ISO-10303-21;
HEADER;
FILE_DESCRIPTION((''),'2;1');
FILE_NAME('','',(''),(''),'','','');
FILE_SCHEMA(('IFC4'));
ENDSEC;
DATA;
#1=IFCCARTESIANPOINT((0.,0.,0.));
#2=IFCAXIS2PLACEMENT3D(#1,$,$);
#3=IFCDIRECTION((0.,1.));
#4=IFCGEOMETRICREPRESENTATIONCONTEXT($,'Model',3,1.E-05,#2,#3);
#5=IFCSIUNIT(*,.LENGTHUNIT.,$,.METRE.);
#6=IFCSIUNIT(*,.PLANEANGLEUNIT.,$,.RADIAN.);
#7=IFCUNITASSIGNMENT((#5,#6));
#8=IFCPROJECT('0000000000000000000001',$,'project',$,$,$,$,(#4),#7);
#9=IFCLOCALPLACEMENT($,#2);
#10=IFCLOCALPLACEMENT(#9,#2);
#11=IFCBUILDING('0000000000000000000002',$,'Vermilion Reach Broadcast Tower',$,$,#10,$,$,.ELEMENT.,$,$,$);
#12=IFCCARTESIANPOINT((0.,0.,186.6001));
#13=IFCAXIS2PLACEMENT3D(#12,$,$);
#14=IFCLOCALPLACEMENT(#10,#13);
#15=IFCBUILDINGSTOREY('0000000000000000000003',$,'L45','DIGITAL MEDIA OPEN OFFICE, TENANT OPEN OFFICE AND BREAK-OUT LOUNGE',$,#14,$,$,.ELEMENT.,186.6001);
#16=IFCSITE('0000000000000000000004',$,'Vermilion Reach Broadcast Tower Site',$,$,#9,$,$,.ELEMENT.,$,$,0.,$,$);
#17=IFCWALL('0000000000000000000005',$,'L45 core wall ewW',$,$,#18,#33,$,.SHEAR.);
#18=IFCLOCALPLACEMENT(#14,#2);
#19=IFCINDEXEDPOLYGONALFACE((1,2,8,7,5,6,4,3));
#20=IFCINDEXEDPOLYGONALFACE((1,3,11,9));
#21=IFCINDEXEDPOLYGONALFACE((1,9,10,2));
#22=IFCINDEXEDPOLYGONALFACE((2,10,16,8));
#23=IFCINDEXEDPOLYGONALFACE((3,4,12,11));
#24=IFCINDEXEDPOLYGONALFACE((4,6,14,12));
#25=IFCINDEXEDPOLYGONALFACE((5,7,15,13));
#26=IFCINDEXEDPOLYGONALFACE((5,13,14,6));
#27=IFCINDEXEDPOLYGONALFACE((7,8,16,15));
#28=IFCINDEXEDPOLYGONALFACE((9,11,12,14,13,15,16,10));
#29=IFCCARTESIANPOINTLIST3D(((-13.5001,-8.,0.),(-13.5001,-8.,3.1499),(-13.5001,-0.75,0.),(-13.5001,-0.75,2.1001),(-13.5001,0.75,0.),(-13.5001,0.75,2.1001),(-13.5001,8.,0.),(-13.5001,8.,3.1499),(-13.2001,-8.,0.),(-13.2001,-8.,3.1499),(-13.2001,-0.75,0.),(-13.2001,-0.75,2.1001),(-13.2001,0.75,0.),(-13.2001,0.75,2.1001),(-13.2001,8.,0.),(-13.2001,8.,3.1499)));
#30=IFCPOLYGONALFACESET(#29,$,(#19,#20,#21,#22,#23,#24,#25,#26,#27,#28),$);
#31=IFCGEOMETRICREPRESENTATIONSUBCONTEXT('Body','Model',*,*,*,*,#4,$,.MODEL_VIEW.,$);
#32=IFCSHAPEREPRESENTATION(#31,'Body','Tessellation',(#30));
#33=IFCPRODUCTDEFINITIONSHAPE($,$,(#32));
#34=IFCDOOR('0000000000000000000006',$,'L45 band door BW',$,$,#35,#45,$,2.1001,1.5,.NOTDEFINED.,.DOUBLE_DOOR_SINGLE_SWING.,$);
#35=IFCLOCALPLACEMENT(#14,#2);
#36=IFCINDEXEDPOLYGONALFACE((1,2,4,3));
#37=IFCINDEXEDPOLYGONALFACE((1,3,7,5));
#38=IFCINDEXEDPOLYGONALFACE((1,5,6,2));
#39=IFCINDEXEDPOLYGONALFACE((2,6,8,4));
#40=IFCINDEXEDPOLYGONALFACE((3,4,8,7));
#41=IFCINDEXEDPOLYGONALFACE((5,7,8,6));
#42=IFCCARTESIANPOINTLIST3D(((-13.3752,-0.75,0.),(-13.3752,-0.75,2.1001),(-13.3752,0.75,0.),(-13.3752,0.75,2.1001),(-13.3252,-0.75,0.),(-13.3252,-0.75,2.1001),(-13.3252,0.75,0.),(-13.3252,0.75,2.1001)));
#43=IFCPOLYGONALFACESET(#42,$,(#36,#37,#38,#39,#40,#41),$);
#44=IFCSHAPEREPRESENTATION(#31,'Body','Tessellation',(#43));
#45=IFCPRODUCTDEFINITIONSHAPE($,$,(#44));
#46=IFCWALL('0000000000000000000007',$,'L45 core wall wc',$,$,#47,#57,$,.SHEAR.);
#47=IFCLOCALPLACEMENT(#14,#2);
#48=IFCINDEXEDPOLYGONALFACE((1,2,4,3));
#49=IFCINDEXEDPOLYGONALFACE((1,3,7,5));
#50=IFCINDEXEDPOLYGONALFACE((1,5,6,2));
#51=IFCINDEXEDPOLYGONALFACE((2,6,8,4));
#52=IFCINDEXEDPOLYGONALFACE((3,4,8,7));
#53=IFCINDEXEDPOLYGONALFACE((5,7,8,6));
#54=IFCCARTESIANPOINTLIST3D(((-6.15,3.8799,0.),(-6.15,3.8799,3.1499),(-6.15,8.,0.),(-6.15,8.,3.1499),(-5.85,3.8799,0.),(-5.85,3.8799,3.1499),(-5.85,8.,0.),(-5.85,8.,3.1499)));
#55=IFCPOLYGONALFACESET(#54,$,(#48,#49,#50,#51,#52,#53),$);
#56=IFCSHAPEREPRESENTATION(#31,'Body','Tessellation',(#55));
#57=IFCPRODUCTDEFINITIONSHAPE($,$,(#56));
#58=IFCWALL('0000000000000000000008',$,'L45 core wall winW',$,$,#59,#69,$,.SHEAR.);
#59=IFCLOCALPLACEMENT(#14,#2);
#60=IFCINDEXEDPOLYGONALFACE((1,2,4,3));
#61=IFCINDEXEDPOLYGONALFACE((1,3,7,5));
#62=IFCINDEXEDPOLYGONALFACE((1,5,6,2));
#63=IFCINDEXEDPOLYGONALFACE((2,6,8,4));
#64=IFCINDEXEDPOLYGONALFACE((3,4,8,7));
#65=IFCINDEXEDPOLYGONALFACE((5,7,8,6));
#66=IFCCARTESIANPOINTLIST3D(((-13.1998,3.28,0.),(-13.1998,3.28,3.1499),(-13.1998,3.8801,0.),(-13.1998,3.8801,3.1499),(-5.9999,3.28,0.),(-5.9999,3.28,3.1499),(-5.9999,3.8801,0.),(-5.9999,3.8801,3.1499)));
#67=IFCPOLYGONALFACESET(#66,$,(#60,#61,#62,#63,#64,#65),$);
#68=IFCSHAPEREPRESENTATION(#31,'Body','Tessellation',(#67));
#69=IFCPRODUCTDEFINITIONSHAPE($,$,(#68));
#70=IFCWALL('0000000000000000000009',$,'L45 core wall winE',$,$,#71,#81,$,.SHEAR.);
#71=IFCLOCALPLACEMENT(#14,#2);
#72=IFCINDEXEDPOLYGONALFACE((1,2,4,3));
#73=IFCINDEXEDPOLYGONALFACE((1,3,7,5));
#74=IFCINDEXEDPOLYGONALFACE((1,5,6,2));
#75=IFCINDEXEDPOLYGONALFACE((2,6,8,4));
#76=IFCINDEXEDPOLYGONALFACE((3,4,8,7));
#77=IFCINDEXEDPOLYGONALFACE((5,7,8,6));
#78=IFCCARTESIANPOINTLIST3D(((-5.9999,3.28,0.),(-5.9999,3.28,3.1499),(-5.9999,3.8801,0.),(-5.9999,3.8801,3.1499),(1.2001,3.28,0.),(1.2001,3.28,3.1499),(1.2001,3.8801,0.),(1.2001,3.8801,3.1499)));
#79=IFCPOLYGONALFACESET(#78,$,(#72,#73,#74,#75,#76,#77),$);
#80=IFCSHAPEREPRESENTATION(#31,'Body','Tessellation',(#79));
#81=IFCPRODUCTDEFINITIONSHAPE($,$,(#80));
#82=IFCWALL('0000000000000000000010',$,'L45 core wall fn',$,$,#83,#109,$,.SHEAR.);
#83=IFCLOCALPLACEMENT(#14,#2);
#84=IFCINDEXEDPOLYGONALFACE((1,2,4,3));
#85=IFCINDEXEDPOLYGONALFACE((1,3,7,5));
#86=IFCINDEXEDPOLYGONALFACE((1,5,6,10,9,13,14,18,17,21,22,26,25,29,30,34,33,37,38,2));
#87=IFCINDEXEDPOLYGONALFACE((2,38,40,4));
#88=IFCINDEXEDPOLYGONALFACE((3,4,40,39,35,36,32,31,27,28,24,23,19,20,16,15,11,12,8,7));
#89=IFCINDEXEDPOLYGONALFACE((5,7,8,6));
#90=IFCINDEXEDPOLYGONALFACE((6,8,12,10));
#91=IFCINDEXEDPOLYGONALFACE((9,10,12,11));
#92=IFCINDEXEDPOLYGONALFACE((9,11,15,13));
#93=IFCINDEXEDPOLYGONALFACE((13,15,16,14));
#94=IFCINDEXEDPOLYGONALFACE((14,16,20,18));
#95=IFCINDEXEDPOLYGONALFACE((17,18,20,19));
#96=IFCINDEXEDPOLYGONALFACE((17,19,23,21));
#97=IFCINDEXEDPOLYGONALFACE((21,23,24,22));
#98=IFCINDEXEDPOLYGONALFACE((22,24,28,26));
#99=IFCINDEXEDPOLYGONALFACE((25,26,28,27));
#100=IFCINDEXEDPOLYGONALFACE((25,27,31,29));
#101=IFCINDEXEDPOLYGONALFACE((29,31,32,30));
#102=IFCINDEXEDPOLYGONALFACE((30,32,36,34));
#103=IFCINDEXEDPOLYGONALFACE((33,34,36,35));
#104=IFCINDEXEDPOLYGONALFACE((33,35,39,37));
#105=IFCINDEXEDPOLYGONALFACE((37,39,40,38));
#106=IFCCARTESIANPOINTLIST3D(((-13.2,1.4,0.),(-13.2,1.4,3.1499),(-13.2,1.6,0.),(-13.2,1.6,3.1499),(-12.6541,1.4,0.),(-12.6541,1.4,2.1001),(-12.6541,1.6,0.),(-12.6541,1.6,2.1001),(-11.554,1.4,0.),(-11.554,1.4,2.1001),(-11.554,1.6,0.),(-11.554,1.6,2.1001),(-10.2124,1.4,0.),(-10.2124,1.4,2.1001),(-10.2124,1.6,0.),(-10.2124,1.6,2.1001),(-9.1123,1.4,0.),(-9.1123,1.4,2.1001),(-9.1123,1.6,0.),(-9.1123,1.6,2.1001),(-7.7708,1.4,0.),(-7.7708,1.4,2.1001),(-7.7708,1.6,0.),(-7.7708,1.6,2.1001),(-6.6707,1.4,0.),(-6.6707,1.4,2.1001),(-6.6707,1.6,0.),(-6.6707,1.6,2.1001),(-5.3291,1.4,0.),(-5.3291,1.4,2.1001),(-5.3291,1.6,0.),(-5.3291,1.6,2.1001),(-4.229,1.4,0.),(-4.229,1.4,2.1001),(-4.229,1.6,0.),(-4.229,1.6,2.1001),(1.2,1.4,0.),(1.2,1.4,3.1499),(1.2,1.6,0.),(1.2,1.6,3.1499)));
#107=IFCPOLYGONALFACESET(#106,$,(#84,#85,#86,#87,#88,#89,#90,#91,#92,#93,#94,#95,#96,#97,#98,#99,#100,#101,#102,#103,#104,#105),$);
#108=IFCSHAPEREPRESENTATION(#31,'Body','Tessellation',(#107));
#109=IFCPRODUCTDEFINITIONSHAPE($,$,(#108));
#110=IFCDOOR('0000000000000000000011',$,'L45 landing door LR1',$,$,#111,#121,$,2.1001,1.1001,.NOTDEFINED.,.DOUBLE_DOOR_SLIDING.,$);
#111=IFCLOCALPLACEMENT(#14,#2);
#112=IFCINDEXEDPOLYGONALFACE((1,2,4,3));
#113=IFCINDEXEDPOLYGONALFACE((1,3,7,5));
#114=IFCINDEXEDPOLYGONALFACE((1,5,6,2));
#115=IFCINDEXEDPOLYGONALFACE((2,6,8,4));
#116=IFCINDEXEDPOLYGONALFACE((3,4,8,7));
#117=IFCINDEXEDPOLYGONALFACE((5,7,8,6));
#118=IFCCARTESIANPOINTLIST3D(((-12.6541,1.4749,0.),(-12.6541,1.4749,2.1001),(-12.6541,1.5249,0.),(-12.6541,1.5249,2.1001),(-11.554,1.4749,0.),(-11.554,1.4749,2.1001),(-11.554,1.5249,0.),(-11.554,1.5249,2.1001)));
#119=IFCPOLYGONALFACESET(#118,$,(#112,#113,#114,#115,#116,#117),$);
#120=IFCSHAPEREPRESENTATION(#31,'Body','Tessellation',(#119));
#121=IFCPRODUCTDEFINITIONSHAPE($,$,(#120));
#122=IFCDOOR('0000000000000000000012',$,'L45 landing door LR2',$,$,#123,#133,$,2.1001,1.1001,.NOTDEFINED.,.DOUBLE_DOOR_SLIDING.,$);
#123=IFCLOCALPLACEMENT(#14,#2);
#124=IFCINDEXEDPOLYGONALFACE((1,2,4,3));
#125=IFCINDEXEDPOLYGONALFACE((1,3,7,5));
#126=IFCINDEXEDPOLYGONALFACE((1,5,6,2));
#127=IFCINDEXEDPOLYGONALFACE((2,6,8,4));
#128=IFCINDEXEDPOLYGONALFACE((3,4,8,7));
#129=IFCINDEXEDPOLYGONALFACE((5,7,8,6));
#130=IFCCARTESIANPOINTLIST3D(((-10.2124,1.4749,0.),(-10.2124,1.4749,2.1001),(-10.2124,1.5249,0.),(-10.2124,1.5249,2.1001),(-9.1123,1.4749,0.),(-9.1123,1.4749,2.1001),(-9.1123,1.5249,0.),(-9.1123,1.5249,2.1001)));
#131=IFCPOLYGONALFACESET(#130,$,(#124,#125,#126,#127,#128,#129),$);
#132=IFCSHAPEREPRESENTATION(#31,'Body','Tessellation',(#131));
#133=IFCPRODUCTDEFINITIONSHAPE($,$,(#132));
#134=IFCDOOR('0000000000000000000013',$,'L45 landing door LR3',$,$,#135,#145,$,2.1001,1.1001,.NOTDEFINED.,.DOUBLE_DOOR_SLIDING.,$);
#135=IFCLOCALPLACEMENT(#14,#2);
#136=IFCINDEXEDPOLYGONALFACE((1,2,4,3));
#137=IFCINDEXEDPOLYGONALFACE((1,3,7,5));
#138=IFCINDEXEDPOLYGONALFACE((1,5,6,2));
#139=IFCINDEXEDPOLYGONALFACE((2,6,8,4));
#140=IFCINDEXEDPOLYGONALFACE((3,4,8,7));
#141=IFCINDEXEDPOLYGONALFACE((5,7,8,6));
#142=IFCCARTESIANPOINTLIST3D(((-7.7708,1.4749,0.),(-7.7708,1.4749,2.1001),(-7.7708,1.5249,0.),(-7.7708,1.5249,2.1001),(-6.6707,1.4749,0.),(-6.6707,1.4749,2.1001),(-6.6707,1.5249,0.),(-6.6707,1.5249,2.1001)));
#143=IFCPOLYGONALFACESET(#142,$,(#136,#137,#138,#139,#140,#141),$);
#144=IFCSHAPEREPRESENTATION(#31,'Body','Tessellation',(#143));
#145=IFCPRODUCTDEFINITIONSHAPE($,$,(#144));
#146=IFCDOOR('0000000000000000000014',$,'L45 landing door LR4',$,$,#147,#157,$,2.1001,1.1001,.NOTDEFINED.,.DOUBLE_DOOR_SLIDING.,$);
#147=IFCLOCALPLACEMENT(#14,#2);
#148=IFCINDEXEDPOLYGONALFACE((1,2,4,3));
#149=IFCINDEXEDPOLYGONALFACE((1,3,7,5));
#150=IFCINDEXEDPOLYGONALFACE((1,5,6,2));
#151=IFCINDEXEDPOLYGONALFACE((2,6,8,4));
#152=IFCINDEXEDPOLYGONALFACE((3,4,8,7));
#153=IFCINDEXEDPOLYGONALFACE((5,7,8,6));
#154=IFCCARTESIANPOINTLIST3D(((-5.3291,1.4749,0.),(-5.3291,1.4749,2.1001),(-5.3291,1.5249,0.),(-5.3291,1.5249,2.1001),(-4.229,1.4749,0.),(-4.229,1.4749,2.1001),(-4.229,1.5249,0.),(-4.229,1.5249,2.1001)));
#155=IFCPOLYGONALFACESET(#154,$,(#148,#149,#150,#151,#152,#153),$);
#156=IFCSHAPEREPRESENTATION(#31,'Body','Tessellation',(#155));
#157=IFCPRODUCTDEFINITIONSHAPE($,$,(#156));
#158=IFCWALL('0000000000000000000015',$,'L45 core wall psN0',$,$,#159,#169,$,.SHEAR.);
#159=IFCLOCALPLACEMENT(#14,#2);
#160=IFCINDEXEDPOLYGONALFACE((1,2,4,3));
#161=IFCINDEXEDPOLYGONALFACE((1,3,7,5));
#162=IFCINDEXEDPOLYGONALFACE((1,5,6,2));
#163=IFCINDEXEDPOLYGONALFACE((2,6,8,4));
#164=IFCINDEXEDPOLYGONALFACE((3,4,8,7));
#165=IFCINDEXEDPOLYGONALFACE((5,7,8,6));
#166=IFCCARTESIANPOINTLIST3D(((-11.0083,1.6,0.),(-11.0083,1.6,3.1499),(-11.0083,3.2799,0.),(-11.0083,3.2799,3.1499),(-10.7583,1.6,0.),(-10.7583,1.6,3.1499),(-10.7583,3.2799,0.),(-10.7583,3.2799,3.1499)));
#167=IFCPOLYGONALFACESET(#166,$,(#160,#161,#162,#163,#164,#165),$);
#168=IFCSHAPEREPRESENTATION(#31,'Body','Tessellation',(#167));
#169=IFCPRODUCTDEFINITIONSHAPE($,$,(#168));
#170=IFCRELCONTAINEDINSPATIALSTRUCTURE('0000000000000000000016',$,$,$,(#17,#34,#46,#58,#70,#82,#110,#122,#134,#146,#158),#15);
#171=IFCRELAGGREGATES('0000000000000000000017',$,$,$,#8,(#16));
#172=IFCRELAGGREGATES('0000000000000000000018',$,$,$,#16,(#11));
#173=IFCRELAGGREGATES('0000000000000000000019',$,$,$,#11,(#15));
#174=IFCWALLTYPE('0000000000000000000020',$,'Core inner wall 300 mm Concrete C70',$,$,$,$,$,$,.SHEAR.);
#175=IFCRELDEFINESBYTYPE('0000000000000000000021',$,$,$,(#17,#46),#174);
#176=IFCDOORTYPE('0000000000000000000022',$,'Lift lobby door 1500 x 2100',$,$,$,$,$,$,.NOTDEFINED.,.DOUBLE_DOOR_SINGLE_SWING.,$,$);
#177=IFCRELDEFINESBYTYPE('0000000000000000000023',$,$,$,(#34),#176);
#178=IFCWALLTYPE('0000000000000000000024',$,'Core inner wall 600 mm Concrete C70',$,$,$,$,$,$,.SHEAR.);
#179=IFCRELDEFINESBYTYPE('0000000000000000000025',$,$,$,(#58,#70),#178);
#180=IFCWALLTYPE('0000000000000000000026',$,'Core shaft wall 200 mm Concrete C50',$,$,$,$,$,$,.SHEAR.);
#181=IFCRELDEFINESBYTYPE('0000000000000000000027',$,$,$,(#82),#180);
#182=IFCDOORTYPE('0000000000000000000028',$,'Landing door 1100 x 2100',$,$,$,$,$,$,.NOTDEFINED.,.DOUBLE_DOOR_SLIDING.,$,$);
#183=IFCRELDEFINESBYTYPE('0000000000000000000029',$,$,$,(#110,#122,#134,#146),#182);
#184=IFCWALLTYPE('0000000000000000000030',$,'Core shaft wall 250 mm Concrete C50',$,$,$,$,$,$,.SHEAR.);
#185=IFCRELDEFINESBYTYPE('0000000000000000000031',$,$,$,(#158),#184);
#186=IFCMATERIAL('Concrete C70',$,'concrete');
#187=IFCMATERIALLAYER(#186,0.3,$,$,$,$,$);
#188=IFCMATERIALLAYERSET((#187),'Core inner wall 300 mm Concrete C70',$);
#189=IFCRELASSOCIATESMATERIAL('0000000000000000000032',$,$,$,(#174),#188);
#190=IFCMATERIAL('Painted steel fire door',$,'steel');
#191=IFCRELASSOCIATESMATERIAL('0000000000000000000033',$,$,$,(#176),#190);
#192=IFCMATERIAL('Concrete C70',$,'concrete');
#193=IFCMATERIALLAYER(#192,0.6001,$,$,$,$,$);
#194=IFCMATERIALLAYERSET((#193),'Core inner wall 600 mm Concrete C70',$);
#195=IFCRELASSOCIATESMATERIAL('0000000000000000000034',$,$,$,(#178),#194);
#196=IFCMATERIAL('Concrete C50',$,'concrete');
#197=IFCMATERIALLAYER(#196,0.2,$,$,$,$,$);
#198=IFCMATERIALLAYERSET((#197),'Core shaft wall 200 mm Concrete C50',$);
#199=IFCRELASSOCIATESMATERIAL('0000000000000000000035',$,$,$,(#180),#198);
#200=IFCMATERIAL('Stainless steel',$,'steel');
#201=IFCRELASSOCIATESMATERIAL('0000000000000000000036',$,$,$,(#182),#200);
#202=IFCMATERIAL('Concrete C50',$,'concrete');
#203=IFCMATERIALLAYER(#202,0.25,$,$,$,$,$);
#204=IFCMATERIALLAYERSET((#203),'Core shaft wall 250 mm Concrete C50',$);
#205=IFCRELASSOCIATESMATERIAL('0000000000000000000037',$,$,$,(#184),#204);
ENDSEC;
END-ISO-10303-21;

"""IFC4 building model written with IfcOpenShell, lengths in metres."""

from ifc_helpers import new_model, si_unit, direction, frame, frame_2d, origin, place, context, subcontext, project, spatial, rectangle, extrude, material, layer, layer_set, type_object, element, fill, save


model = new_model("IFC4")

# Units and contexts
model_context = context("Model", 3, precision=1e-05, world=origin(), true_north=direction((0.0, 1.0)))
body_context = subcontext(model_context, "Body", "Model", "MODEL_VIEW")
ifc_project = project(units=[si_unit("LENGTHUNIT", "METRE"), si_unit("PLANEANGLEUNIT", "RADIAN")], contexts=[model_context])

# Site, building, storey
site_placement = place(None, origin())
site = spatial("IfcSite", under=ifc_project, at=site_placement, Name="Vermilion Reach Broadcast Tower Site", CompositionType="ELEMENT", RefElevation=0.0)
building_placement = place(site_placement, origin())
building = spatial("IfcBuilding", under=site, at=building_placement, Name="Vermilion Reach Broadcast Tower", CompositionType="ELEMENT")
storey_placement = place(building_placement, frame((0.0, 0.0, 186.6001)))
storey = spatial("IfcBuildingStorey", under=building, at=storey_placement, Name="L45", Description="DIGITAL MEDIA OPEN OFFICE, TENANT OPEN OFFICE AND BREAK-OUT LOUNGE", CompositionType="ELEMENT", Elevation=186.6001)

# Wall, opening, door
ifc_material_1 = material(Name="Concrete C70", Category="concrete")
ifc_layer_1 = layer(ifc_material_1, 0.3)
ifc_layer_set_1 = layer_set([ifc_layer_1], Name="Core inner wall 300 mm Concrete C70")
wall_type_1 = type_object("IfcWallType", Name="Core inner wall 300 mm Concrete C70", PredefinedType="SHEAR", material=ifc_layer_set_1)
wall_1_placement = place(storey_placement, frame((-13.3501, 8.0, 0.0), z_axis=(0.0, 0.0, 1.0), x_axis=(0.0, -1.0, 0.0)))
wall_1 = element("IfcWall", 1, at=wall_1_placement, inside=storey, type_object=wall_type_1, Name="L45 core wall ewW", PredefinedType="SHEAR", context=body_context, shape_type="SweptSolid", body=[
    extrude(rectangle(XDim=16.0, YDim=0.3, at=frame_2d((8.0, 0.0))), origin(), (0.0, 0.0, 1.0), 3.1499),
])
opening_1_placement = place(wall_1_placement, frame((7.25, 0.0, 0.0)))
opening_1 = element("IfcOpeningElement", 2, at=opening_1_placement, cuts=wall_1, PredefinedType="OPENING", context=body_context, shape_type="SweptSolid", body=[
    extrude(rectangle(XDim=1.5, YDim=2.1001, at=frame_2d((0.75, 1.05))), frame((0.0, 0.1599, 0.0), z_axis=(0.0, -1.0, 0.0), x_axis=(1.0, 0.0, 0.0)), (0.0, 0.0, 1.0), 0.3201),
])
ifc_material_2 = material(Name="Painted steel fire door", Category="steel")
door_type_1 = type_object("IfcDoorType", Name="Lift lobby door 1500 x 2100", OperationType="DOUBLE_DOOR_SINGLE_SWING", PredefinedType="NOTDEFINED", material=ifc_material_2)
door_1_placement = place(opening_1_placement, origin())
door_1 = element("IfcDoor", 3, at=door_1_placement, inside=storey, type_object=door_type_1, Name="L45 band door BW", OperationType="DOUBLE_DOOR_SINGLE_SWING", OverallHeight=2.1001, OverallWidth=1.5, PredefinedType="NOTDEFINED", context=body_context, shape_type="SweptSolid", body=[
    extrude(rectangle(XDim=1.5, YDim=2.1001, at=frame_2d((0.75, 1.05))), frame((0.0, 0.0249, 0.0), z_axis=(0.0, -1.0, 0.0), x_axis=(1.0, 0.0, 0.0)), (0.0, 0.0, 1.0), 0.05),
])
fill(opening_1, door_1)

# Walls
wall_2_placement = place(storey_placement, frame((-6.0, 3.8799, 0.0), z_axis=(0.0, 0.0, 1.0), x_axis=(0.0, 1.0, 0.0)))
element("IfcWall", 4, at=wall_2_placement, inside=storey, type_object=wall_type_1, Name="L45 core wall wc", PredefinedType="SHEAR", context=body_context, shape_type="SweptSolid", body=[
    extrude(rectangle(XDim=4.1201, YDim=0.3, at=frame_2d((2.0601, 0.0))), origin(), (0.0, 0.0, 1.0), 3.1499),
])
ifc_material_3 = material(Name="Concrete C70", Category="concrete")
ifc_layer_2 = layer(ifc_material_3, 0.6001)
ifc_layer_set_2 = layer_set([ifc_layer_2], Name="Core inner wall 600 mm Concrete C70")
wall_type_2 = type_object("IfcWallType", Name="Core inner wall 600 mm Concrete C70", PredefinedType="SHEAR", material=ifc_layer_set_2)
for number, where, z_axis, x_axis, name in (
    (5, (-13.2, 3.5801, 0.0), (0.0, 0.0, 1.0), (1.0, 0.0, 0.0), "L45 core wall winW"),
    (6, (-6.0, 3.5801, 0.0), (0.0, 0.0, 1.0), (1.0, 0.0, 0.0), "L45 core wall winE"),
):
    element("IfcWall", number, at=place(storey_placement, frame(where, z_axis=z_axis, x_axis=x_axis)), inside=storey, type_object=wall_type_2, Name=name, PredefinedType="SHEAR", context=body_context, shape_type="SweptSolid", body=[
        extrude(rectangle(XDim=7.2, YDim=0.6001, at=frame_2d((3.6001, 0.0))), origin(), (0.0, 0.0, 1.0), 3.1499),
    ])

# Wall, openings, doors
ifc_material_4 = material(Name="Concrete C50", Category="concrete")
ifc_layer_3 = layer(ifc_material_4, 0.2)
ifc_layer_set_3 = layer_set([ifc_layer_3], Name="Core shaft wall 200 mm Concrete C50")
wall_type_3 = type_object("IfcWallType", Name="Core shaft wall 200 mm Concrete C50", PredefinedType="SHEAR", material=ifc_layer_set_3)
wall_3_placement = place(storey_placement, frame((-13.2, 1.5, 0.0), z_axis=(0.0, 0.0, 1.0), x_axis=(1.0, 0.0, 0.0)))
wall_3 = element("IfcWall", 7, at=wall_3_placement, inside=storey, type_object=wall_type_3, Name="L45 core wall fn", PredefinedType="SHEAR", context=body_context, shape_type="SweptSolid", body=[
    extrude(rectangle(XDim=14.3999, YDim=0.2, at=frame_2d((7.2, 0.0))), origin(), (0.0, 0.0, 1.0), 3.1499),
])
opening_2_placement = place(wall_3_placement, frame((0.5459, 0.0, 0.0)))
opening_2 = element("IfcOpeningElement", 8, at=opening_2_placement, cuts=wall_3, PredefinedType="OPENING", context=body_context, shape_type="SweptSolid", body=[
    extrude(rectangle(XDim=1.1001, YDim=2.1001, at=frame_2d((0.55, 1.05))), frame((0.0, 0.1099, 0.0), z_axis=(0.0, -1.0, 0.0), x_axis=(1.0, 0.0, 0.0)), (0.0, 0.0, 1.0), 0.22),
])
opening_3_placement = place(wall_3_placement, frame((2.9875, 0.0, 0.0)))
opening_3 = element("IfcOpeningElement", 9, at=opening_3_placement, cuts=wall_3, PredefinedType="OPENING", context=body_context, shape_type="SweptSolid", body=[
    extrude(rectangle(XDim=1.1001, YDim=2.1001, at=frame_2d((0.55, 1.05))), frame((0.0, 0.1099, 0.0), z_axis=(0.0, -1.0, 0.0), x_axis=(1.0, 0.0, 0.0)), (0.0, 0.0, 1.0), 0.22),
])
opening_4_placement = place(wall_3_placement, frame((5.4292, 0.0, 0.0)))
opening_4 = element("IfcOpeningElement", 10, at=opening_4_placement, cuts=wall_3, PredefinedType="OPENING", context=body_context, shape_type="SweptSolid", body=[
    extrude(rectangle(XDim=1.1001, YDim=2.1001, at=frame_2d((0.55, 1.05))), frame((0.0, 0.1099, 0.0), z_axis=(0.0, -1.0, 0.0), x_axis=(1.0, 0.0, 0.0)), (0.0, 0.0, 1.0), 0.22),
])
opening_5_placement = place(wall_3_placement, frame((7.8708, 0.0, 0.0)))
opening_5 = element("IfcOpeningElement", 11, at=opening_5_placement, cuts=wall_3, PredefinedType="OPENING", context=body_context, shape_type="SweptSolid", body=[
    extrude(rectangle(XDim=1.1001, YDim=2.1001, at=frame_2d((0.55, 1.05))), frame((0.0, 0.1099, 0.0), z_axis=(0.0, -1.0, 0.0), x_axis=(1.0, 0.0, 0.0)), (0.0, 0.0, 1.0), 0.22),
])
ifc_material_5 = material(Name="Stainless steel", Category="steel")
door_type_2 = type_object("IfcDoorType", Name="Landing door 1100 x 2100", OperationType="DOUBLE_DOOR_SLIDING", PredefinedType="NOTDEFINED", material=ifc_material_5)
door_2_placement = place(opening_2_placement, origin())
door_2 = element("IfcDoor", 12, at=door_2_placement, inside=storey, type_object=door_type_2, Name="L45 landing door LR1", OperationType="DOUBLE_DOOR_SLIDING", OverallHeight=2.1001, OverallWidth=1.1001, PredefinedType="NOTDEFINED", context=body_context, shape_type="SweptSolid", body=[
    extrude(rectangle(XDim=1.1001, YDim=2.1001, at=frame_2d((0.55, 1.05))), frame((0.0, 0.0249, 0.0), z_axis=(0.0, -1.0, 0.0), x_axis=(1.0, 0.0, 0.0)), (0.0, 0.0, 1.0), 0.05),
])
fill(opening_2, door_2)
door_3_placement = place(opening_3_placement, origin())
door_3 = element("IfcDoor", 13, at=door_3_placement, inside=storey, type_object=door_type_2, Name="L45 landing door LR2", OperationType="DOUBLE_DOOR_SLIDING", OverallHeight=2.1001, OverallWidth=1.1001, PredefinedType="NOTDEFINED", context=body_context, shape_type="SweptSolid", body=[
    extrude(rectangle(XDim=1.1001, YDim=2.1001, at=frame_2d((0.55, 1.05))), frame((0.0, 0.0249, 0.0), z_axis=(0.0, -1.0, 0.0), x_axis=(1.0, 0.0, 0.0)), (0.0, 0.0, 1.0), 0.05),
])
fill(opening_3, door_3)
door_4_placement = place(opening_4_placement, origin())
door_4 = element("IfcDoor", 14, at=door_4_placement, inside=storey, type_object=door_type_2, Name="L45 landing door LR3", OperationType="DOUBLE_DOOR_SLIDING", OverallHeight=2.1001, OverallWidth=1.1001, PredefinedType="NOTDEFINED", context=body_context, shape_type="SweptSolid", body=[
    extrude(rectangle(XDim=1.1001, YDim=2.1001, at=frame_2d((0.55, 1.05))), frame((0.0, 0.0249, 0.0), z_axis=(0.0, -1.0, 0.0), x_axis=(1.0, 0.0, 0.0)), (0.0, 0.0, 1.0), 0.05),
])
fill(opening_4, door_4)
door_5_placement = place(opening_5_placement, origin())
door_5 = element("IfcDoor", 15, at=door_5_placement, inside=storey, type_object=door_type_2, Name="L45 landing door LR4", OperationType="DOUBLE_DOOR_SLIDING", OverallHeight=2.1001, OverallWidth=1.1001, PredefinedType="NOTDEFINED", context=body_context, shape_type="SweptSolid", body=[
    extrude(rectangle(XDim=1.1001, YDim=2.1001, at=frame_2d((0.55, 1.05))), frame((0.0, 0.0249, 0.0), z_axis=(0.0, -1.0, 0.0), x_axis=(1.0, 0.0, 0.0)), (0.0, 0.0, 1.0), 0.05),
])
fill(opening_5, door_5)

# Wall
ifc_material_6 = material(Name="Concrete C50", Category="concrete")
ifc_layer_4 = layer(ifc_material_6, 0.25)
ifc_layer_set_4 = layer_set([ifc_layer_4], Name="Core shaft wall 250 mm Concrete C50")
wall_type_4 = type_object("IfcWallType", Name="Core shaft wall 250 mm Concrete C50", PredefinedType="SHEAR", material=ifc_layer_set_4)
for number, where, z_axis, x_axis, name in (
    (16, (-10.8833, 1.6001, 0.0), (0.0, 0.0, 1.0), (0.0, 1.0, 0.0), "L45 core wall psN0"),
):
    element("IfcWall", number, at=place(storey_placement, frame(where, z_axis=z_axis, x_axis=x_axis)), inside=storey, type_object=wall_type_4, Name=name, PredefinedType="SHEAR", context=body_context, shape_type="SweptSolid", body=[
        extrude(rectangle(XDim=1.6799, YDim=0.25, at=frame_2d((0.8398, 0.0))), origin(), (0.0, 0.0, 1.0), 3.1499),
    ])

save(model, "model.ifc")
